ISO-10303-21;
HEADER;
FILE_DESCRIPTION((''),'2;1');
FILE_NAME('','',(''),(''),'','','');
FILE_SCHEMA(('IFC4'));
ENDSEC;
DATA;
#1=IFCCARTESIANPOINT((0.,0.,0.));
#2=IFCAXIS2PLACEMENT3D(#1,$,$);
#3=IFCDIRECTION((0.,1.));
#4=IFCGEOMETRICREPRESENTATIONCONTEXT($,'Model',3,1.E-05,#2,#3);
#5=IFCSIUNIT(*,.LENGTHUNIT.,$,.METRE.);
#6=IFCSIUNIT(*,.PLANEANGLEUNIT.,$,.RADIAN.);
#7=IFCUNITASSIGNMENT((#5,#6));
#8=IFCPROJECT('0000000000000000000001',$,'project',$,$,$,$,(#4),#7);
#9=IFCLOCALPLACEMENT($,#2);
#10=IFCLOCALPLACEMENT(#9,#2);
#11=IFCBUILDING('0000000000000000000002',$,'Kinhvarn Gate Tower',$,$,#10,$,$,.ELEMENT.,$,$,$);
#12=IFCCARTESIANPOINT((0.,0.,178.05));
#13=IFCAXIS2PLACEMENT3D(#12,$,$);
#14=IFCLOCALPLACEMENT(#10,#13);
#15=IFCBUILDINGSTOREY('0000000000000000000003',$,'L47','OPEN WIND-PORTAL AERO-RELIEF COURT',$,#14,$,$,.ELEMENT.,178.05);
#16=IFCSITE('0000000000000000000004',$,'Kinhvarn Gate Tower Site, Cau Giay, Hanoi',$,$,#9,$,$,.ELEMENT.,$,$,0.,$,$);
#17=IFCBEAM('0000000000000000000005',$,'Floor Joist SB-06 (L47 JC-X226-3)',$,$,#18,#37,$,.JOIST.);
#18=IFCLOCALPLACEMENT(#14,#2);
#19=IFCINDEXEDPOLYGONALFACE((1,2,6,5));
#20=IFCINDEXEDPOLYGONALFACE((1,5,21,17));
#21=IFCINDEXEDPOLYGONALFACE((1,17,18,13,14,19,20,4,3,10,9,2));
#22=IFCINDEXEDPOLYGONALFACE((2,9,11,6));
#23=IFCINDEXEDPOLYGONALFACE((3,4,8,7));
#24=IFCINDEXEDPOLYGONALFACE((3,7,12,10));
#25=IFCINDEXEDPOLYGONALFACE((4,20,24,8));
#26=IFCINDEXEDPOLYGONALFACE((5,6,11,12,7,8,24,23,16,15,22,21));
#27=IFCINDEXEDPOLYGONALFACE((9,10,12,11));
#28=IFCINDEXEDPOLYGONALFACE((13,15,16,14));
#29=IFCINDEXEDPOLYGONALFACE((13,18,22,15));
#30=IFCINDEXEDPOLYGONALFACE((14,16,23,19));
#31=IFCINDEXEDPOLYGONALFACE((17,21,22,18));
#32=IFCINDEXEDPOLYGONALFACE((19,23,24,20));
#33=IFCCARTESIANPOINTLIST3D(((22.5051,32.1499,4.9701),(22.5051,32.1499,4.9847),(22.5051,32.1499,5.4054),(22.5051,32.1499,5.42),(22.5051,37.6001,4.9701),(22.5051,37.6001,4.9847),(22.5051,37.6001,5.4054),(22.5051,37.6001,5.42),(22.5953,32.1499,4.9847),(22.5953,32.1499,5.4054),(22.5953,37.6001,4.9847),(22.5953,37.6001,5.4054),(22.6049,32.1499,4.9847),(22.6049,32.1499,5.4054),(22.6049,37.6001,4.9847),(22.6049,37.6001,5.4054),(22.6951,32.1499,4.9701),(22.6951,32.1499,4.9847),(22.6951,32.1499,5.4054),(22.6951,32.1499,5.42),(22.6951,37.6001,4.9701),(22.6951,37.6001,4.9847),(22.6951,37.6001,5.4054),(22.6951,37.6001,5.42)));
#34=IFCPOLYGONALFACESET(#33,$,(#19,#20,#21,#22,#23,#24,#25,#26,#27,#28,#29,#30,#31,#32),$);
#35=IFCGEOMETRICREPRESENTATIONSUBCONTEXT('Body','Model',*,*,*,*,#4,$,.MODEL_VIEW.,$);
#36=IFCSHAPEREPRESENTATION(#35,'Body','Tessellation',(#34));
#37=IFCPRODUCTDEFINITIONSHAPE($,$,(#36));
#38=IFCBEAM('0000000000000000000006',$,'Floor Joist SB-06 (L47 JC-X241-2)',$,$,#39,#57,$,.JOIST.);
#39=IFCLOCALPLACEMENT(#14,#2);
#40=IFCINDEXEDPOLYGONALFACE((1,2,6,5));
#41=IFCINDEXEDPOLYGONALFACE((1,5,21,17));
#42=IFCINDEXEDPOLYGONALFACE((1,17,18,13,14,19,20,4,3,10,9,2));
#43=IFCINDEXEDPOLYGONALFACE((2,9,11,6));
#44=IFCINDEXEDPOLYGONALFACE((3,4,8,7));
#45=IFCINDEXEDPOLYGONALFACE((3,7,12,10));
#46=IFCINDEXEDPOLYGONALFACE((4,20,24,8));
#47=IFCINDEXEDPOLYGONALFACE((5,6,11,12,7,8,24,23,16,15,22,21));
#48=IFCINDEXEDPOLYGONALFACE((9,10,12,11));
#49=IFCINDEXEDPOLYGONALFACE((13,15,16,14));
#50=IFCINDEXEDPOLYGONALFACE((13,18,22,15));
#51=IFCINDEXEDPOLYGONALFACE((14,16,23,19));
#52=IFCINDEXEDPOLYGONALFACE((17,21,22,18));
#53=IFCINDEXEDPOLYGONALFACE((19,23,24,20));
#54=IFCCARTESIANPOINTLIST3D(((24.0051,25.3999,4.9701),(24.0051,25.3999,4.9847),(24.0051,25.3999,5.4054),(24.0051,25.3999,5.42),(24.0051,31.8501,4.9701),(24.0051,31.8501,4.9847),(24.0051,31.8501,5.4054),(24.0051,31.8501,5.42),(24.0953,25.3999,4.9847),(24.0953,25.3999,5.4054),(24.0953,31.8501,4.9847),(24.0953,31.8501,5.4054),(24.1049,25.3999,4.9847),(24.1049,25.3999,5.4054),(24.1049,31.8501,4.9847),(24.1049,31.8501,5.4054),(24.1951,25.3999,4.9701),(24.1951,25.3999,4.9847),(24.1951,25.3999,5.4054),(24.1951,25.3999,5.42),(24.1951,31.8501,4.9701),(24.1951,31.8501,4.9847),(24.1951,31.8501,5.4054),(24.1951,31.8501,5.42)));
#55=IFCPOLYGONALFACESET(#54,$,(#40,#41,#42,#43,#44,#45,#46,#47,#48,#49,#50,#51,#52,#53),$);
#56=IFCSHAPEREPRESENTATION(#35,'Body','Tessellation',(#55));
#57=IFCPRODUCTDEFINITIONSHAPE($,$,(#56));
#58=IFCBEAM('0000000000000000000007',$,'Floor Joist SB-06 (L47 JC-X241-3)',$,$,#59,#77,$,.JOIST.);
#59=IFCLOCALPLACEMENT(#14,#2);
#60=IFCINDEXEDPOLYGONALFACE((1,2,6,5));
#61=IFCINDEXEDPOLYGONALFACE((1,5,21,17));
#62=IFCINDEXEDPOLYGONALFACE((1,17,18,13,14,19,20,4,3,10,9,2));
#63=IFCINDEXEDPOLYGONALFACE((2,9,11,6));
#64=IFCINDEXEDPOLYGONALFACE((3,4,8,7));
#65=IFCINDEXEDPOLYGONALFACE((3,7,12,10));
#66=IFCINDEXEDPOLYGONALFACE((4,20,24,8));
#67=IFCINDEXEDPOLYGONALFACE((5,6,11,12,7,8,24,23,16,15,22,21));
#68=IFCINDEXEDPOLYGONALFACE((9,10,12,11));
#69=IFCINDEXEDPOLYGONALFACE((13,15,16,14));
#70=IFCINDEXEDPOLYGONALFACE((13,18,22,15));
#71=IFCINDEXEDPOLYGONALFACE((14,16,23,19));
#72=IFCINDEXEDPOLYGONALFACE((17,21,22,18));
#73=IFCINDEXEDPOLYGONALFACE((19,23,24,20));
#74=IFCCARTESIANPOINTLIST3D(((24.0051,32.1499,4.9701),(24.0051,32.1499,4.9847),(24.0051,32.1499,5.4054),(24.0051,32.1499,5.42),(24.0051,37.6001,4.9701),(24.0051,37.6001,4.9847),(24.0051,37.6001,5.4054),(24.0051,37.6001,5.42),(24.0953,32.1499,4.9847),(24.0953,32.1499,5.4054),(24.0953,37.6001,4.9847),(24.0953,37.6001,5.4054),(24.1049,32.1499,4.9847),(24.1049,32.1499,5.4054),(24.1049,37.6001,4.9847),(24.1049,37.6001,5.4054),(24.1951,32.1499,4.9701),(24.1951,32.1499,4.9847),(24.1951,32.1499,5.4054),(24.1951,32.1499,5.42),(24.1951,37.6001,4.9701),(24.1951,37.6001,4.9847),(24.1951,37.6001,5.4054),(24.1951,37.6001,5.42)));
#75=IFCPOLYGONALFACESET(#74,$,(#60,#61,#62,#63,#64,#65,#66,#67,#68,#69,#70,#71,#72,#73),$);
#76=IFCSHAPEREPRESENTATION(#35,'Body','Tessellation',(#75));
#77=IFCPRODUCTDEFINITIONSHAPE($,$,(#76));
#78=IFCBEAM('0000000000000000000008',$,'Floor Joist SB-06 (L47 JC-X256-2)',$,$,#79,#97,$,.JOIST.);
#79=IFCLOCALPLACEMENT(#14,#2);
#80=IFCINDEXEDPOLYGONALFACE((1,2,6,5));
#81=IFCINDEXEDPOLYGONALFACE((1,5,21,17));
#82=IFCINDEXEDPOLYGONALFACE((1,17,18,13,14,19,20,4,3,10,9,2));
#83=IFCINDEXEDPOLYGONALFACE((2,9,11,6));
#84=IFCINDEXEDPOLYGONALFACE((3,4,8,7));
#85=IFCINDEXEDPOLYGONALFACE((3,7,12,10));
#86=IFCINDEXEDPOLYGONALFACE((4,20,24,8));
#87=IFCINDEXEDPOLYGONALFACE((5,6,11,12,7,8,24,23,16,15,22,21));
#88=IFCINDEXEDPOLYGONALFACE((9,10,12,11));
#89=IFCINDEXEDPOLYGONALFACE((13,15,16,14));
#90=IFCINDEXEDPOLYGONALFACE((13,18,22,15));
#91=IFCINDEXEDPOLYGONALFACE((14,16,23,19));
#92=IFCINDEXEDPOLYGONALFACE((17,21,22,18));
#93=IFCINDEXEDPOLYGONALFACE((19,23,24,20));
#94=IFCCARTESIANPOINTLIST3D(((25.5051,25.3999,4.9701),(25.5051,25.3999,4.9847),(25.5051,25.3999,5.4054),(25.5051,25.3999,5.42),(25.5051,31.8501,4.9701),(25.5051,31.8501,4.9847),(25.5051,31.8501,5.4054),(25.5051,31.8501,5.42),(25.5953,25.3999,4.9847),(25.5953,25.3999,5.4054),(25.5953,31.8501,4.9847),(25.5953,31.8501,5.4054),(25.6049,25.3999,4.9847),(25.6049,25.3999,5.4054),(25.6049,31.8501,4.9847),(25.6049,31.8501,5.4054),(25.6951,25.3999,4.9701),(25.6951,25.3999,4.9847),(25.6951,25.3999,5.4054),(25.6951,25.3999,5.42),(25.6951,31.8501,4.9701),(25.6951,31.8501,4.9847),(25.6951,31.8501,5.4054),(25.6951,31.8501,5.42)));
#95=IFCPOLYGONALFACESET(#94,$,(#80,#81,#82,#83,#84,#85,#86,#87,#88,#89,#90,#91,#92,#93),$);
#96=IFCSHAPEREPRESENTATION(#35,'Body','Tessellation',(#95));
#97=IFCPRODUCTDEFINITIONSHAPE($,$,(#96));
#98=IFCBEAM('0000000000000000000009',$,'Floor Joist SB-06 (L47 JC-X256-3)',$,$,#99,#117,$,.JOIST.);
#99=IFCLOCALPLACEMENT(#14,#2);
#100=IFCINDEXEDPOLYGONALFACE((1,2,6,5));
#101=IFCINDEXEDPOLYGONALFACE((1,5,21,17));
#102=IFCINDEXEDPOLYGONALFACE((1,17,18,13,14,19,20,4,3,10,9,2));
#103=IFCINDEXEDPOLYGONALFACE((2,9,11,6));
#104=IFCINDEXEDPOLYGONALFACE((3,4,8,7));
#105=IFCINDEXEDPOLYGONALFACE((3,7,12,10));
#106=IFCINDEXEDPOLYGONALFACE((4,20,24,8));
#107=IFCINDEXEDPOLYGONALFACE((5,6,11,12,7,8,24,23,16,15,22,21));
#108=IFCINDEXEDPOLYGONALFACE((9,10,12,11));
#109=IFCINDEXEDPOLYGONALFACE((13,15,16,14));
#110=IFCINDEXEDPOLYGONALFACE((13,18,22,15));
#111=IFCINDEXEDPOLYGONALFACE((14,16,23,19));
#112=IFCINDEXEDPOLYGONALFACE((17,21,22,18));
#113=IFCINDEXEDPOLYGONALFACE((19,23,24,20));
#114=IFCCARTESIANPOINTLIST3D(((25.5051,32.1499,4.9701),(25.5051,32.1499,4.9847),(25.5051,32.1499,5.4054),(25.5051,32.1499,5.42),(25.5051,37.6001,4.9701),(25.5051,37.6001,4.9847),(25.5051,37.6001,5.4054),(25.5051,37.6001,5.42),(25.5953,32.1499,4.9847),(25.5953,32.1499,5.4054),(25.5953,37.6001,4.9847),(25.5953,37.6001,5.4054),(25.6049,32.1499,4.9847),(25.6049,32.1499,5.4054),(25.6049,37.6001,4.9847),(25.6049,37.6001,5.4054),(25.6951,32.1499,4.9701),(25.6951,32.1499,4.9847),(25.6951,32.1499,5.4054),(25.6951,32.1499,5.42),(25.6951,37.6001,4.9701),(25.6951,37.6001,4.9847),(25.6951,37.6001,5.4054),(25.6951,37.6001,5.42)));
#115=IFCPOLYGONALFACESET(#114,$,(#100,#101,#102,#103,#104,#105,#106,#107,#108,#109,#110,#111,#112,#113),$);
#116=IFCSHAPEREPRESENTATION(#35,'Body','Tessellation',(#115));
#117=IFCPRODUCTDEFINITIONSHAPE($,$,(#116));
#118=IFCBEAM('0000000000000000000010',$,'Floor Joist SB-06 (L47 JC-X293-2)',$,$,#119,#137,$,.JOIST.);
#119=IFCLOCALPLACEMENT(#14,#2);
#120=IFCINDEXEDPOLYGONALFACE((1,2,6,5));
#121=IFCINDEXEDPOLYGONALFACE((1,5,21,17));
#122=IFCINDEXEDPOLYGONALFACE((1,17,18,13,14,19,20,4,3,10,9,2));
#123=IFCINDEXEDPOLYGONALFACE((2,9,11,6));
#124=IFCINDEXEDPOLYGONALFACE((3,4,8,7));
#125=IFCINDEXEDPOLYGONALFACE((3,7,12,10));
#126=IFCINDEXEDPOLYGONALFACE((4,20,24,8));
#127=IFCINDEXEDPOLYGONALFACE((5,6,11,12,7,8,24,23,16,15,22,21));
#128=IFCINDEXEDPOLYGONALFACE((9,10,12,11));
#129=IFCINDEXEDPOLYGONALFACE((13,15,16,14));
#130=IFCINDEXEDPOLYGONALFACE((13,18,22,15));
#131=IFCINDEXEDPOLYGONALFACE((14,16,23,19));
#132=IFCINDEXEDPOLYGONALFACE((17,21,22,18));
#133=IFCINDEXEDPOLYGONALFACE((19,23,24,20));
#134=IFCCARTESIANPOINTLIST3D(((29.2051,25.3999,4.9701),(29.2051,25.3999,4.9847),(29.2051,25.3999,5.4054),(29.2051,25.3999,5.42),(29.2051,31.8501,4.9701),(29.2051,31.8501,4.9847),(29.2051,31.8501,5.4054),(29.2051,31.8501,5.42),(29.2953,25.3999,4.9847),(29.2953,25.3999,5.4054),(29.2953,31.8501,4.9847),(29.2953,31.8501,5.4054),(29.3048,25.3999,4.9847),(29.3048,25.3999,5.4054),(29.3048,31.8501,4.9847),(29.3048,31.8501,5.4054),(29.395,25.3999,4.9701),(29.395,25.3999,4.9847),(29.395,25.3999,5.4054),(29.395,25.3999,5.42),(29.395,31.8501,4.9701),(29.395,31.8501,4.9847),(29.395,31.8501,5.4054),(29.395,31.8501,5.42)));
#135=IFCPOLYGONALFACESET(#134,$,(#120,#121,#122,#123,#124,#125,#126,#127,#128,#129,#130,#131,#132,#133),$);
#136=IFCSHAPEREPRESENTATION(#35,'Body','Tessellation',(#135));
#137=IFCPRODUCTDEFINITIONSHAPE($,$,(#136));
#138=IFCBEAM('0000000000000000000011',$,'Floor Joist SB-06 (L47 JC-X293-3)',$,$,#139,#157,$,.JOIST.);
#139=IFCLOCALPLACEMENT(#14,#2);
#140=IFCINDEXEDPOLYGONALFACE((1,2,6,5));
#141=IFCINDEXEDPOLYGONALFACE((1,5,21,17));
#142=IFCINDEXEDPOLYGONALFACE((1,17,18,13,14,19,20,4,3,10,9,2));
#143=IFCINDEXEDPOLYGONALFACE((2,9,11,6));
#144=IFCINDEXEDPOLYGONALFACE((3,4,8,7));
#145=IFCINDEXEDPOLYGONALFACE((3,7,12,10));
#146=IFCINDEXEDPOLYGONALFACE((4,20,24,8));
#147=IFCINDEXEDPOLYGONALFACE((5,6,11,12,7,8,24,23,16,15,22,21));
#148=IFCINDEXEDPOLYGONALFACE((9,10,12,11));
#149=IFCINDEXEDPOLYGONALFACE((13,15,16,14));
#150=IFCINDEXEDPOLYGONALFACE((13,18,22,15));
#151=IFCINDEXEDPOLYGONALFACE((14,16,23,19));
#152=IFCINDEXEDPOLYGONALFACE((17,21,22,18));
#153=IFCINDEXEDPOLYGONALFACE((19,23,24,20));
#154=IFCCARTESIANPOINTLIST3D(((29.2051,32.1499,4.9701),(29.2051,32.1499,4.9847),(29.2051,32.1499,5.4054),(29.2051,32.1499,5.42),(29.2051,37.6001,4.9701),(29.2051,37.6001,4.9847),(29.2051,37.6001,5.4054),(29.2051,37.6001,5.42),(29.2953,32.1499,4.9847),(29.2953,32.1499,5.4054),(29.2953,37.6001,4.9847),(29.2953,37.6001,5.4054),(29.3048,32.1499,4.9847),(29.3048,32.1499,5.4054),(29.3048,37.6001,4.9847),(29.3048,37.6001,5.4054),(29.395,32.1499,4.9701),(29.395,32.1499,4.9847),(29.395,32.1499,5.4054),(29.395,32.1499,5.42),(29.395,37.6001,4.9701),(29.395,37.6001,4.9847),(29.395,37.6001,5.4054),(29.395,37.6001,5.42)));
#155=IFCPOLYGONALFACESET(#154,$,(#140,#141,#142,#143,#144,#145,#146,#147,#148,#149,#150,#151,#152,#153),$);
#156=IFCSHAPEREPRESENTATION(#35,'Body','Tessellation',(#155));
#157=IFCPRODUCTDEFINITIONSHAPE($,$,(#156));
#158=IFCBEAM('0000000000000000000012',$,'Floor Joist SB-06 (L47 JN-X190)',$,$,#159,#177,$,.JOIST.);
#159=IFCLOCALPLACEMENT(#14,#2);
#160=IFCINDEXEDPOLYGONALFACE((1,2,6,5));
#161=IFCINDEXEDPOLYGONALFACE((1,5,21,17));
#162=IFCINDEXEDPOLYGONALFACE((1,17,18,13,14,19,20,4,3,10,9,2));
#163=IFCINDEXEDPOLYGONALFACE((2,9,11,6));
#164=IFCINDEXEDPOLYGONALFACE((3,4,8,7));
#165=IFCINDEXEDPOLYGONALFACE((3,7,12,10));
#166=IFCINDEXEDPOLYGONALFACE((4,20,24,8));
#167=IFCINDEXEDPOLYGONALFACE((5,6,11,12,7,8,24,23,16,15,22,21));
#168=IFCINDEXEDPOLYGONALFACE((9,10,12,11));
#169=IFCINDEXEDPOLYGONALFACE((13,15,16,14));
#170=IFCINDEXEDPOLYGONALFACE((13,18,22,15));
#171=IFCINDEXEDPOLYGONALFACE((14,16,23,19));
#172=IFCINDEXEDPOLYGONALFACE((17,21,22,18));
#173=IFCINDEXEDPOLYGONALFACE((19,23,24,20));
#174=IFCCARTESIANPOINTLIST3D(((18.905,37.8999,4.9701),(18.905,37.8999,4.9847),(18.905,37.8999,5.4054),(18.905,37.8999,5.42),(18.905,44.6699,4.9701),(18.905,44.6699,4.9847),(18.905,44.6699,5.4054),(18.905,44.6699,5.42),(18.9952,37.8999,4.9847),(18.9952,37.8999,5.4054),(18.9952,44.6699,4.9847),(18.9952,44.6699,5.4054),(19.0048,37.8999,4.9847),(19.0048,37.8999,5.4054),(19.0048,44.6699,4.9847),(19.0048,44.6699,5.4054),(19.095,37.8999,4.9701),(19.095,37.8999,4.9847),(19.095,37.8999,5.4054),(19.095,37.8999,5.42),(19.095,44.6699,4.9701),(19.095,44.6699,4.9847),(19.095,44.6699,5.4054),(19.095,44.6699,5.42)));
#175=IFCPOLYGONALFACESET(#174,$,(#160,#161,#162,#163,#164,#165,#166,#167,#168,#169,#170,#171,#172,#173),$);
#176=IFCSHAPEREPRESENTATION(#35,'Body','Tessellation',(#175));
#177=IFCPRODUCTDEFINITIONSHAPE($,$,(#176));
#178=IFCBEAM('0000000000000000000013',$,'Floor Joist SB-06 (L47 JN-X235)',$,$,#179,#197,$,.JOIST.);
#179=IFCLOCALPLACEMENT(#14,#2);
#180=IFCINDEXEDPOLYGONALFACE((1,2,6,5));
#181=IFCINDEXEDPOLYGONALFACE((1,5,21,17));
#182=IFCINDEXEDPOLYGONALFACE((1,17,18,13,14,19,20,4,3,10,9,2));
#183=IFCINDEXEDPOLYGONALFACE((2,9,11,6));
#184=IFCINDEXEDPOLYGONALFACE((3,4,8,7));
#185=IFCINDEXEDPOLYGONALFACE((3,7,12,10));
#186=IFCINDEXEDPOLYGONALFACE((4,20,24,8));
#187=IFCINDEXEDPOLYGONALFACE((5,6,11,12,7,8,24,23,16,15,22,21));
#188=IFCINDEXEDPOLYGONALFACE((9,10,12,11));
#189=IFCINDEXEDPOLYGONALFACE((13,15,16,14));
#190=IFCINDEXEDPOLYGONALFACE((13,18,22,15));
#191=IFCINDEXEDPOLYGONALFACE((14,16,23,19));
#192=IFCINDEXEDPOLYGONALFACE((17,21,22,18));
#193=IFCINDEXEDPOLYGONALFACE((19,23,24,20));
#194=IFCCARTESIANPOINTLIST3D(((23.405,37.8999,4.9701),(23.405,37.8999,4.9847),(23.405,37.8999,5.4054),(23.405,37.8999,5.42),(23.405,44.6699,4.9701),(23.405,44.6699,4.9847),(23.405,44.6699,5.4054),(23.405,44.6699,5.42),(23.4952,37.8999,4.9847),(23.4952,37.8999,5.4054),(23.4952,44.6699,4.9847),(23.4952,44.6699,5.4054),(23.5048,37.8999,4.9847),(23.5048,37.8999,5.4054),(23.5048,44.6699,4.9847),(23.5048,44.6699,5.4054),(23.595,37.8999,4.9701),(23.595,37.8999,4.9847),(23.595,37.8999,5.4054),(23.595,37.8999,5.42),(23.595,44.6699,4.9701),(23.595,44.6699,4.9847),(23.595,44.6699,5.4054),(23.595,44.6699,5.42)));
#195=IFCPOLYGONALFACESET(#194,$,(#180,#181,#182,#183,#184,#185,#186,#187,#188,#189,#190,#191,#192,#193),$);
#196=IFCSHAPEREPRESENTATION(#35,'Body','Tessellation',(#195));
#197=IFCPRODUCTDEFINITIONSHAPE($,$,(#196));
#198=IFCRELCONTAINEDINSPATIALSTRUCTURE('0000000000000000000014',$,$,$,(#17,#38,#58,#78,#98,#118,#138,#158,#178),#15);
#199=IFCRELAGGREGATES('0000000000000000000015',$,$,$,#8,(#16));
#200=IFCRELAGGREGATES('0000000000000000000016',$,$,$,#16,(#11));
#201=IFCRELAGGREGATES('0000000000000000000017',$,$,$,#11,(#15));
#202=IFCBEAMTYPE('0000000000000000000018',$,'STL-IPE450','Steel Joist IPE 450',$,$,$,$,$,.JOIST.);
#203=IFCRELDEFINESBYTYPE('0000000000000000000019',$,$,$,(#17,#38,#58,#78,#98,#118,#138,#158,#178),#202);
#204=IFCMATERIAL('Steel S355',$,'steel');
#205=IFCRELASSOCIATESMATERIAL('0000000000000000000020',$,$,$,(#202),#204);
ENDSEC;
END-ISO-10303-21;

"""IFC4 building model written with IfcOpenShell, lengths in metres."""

from ifc_helpers import new_model, si_unit, direction, frame, origin, origin_2d, place, context, subcontext, project, spatial, i_section, extrude, material, material_profile, profile_set, type_object, element, save


model = new_model("IFC4")

# Units and contexts
model_context = context("Model", 3, precision=1e-05, world=origin(), true_north=direction((0.0, 1.0)))
body_context = subcontext(model_context, "Body", "Model", "MODEL_VIEW")
ifc_project = project(units=[si_unit("LENGTHUNIT", "METRE"), si_unit("PLANEANGLEUNIT", "RADIAN")], contexts=[model_context])

# Site, building, storey
site_placement = place(None, origin())
site = spatial("IfcSite", under=ifc_project, at=site_placement, Name="Kinhvarn Gate Tower Site, Cau Giay, Hanoi", CompositionType="ELEMENT", RefElevation=0.0)
building_placement = place(site_placement, origin())
building = spatial("IfcBuilding", under=site, at=building_placement, Name="Kinhvarn Gate Tower", CompositionType="ELEMENT")
storey_placement = place(building_placement, frame((0.0, 0.0, 178.05)))
storey = spatial("IfcBuildingStorey", under=building, at=storey_placement, Name="L47", Description="OPEN WIND-PORTAL AERO-RELIEF COURT", CompositionType="ELEMENT", Elevation=178.05)

# Beams
ifc_material_1 = material(Name="Steel S355", Category="steel")
ifc_material_profile_1 = material_profile(ifc_material_1, i_section(OverallWidth=0.1899, OverallDepth=0.45, WebThickness=0.0095, FlangeThickness=0.0146, at=origin_2d()), Name="IPE 450")
ifc_profile_set_1 = profile_set([ifc_material_profile_1], Name="Steel S355")
beam_type_1 = type_object("IfcBeamType", Name="STL-IPE450", Description="Steel Joist IPE 450", PredefinedType="JOIST", material=ifc_profile_set_1)
beam_1_placement = place(storey_placement, frame((22.6001, 32.1499, 5.1951), z_axis=(0.0, 1.0, 0.0), x_axis=(-1.0, 0.0, 0.0)))
element("IfcBeam", 1, at=beam_1_placement, inside=storey, type_object=beam_type_1, Name="Floor Joist SB-06 (L47 JC-X226-3)", PredefinedType="JOIST", context=body_context, shape_type="SweptSolid", body=[
    extrude(i_section(OverallWidth=0.1899, OverallDepth=0.45, WebThickness=0.0095, FlangeThickness=0.0146, at=origin_2d()), origin(), (0.0, 0.0, 1.0), 5.4502),
])
beam_2_placement = place(storey_placement, frame((24.1001, 25.3999, 5.1951), z_axis=(0.0, 1.0, 0.0), x_axis=(-1.0, 0.0, 0.0)))
element("IfcBeam", 2, at=beam_2_placement, inside=storey, type_object=beam_type_1, Name="Floor Joist SB-06 (L47 JC-X241-2)", PredefinedType="JOIST", context=body_context, shape_type="SweptSolid", body=[
    extrude(i_section(OverallWidth=0.1899, OverallDepth=0.45, WebThickness=0.0095, FlangeThickness=0.0146, at=origin_2d()), origin(), (0.0, 0.0, 1.0), 6.4502),
])
beam_3_placement = place(storey_placement, frame((24.1001, 32.1499, 5.1951), z_axis=(0.0, 1.0, 0.0), x_axis=(-1.0, 0.0, 0.0)))
element("IfcBeam", 3, at=beam_3_placement, inside=storey, type_object=beam_type_1, Name="Floor Joist SB-06 (L47 JC-X241-3)", PredefinedType="JOIST", context=body_context, shape_type="SweptSolid", body=[
    extrude(i_section(OverallWidth=0.1899, OverallDepth=0.45, WebThickness=0.0095, FlangeThickness=0.0146, at=origin_2d()), origin(), (0.0, 0.0, 1.0), 5.4502),
])
beam_4_placement = place(storey_placement, frame((25.6001, 25.3999, 5.1951), z_axis=(0.0, 1.0, 0.0), x_axis=(-1.0, 0.0, 0.0)))
element("IfcBeam", 4, at=beam_4_placement, inside=storey, type_object=beam_type_1, Name="Floor Joist SB-06 (L47 JC-X256-2)", PredefinedType="JOIST", context=body_context, shape_type="SweptSolid", body=[
    extrude(i_section(OverallWidth=0.1899, OverallDepth=0.45, WebThickness=0.0095, FlangeThickness=0.0146, at=origin_2d()), origin(), (0.0, 0.0, 1.0), 6.4502),
])
beam_5_placement = place(storey_placement, frame((25.6001, 32.1499, 5.1951), z_axis=(0.0, 1.0, 0.0), x_axis=(-1.0, 0.0, 0.0)))
element("IfcBeam", 5, at=beam_5_placement, inside=storey, type_object=beam_type_1, Name="Floor Joist SB-06 (L47 JC-X256-3)", PredefinedType="JOIST", context=body_context, shape_type="SweptSolid", body=[
    extrude(i_section(OverallWidth=0.1899, OverallDepth=0.45, WebThickness=0.0095, FlangeThickness=0.0146, at=origin_2d()), origin(), (0.0, 0.0, 1.0), 5.4502),
])
beam_6_placement = place(storey_placement, frame((29.3, 25.3999, 5.1951), z_axis=(0.0, 1.0, 0.0), x_axis=(-1.0, 0.0, 0.0)))
element("IfcBeam", 6, at=beam_6_placement, inside=storey, type_object=beam_type_1, Name="Floor Joist SB-06 (L47 JC-X293-2)", PredefinedType="JOIST", context=body_context, shape_type="SweptSolid", body=[
    extrude(i_section(OverallWidth=0.1899, OverallDepth=0.45, WebThickness=0.0095, FlangeThickness=0.0146, at=origin_2d()), origin(), (0.0, 0.0, 1.0), 6.4502),
])
beam_7_placement = place(storey_placement, frame((29.3, 32.1499, 5.1951), z_axis=(0.0, 1.0, 0.0), x_axis=(-1.0, 0.0, 0.0)))
element("IfcBeam", 7, at=beam_7_placement, inside=storey, type_object=beam_type_1, Name="Floor Joist SB-06 (L47 JC-X293-3)", PredefinedType="JOIST", context=body_context, shape_type="SweptSolid", body=[
    extrude(i_section(OverallWidth=0.1899, OverallDepth=0.45, WebThickness=0.0095, FlangeThickness=0.0146, at=origin_2d()), origin(), (0.0, 0.0, 1.0), 5.4502),
])
for number, where, z_axis, x_axis, name in (
    (8, (19.0, 37.8999, 5.1951), (0.0, 1.0, 0.0), (-1.0, 0.0, 0.0), "Floor Joist SB-06 (L47 JN-X190)"),
    (9, (23.5, 37.8999, 5.1951), (0.0, 1.0, 0.0), (-1.0, 0.0, 0.0), "Floor Joist SB-06 (L47 JN-X235)"),
):
    element("IfcBeam", number, at=place(storey_placement, frame(where, z_axis=z_axis, x_axis=x_axis)), inside=storey, type_object=beam_type_1, Name=name, PredefinedType="JOIST", context=body_context, shape_type="SweptSolid", body=[
        extrude(i_section(OverallWidth=0.1899, OverallDepth=0.45, WebThickness=0.0095, FlangeThickness=0.0146, at=origin_2d()), origin(), (0.0, 0.0, 1.0), 6.77),
    ])

save(model, "model.ifc")
